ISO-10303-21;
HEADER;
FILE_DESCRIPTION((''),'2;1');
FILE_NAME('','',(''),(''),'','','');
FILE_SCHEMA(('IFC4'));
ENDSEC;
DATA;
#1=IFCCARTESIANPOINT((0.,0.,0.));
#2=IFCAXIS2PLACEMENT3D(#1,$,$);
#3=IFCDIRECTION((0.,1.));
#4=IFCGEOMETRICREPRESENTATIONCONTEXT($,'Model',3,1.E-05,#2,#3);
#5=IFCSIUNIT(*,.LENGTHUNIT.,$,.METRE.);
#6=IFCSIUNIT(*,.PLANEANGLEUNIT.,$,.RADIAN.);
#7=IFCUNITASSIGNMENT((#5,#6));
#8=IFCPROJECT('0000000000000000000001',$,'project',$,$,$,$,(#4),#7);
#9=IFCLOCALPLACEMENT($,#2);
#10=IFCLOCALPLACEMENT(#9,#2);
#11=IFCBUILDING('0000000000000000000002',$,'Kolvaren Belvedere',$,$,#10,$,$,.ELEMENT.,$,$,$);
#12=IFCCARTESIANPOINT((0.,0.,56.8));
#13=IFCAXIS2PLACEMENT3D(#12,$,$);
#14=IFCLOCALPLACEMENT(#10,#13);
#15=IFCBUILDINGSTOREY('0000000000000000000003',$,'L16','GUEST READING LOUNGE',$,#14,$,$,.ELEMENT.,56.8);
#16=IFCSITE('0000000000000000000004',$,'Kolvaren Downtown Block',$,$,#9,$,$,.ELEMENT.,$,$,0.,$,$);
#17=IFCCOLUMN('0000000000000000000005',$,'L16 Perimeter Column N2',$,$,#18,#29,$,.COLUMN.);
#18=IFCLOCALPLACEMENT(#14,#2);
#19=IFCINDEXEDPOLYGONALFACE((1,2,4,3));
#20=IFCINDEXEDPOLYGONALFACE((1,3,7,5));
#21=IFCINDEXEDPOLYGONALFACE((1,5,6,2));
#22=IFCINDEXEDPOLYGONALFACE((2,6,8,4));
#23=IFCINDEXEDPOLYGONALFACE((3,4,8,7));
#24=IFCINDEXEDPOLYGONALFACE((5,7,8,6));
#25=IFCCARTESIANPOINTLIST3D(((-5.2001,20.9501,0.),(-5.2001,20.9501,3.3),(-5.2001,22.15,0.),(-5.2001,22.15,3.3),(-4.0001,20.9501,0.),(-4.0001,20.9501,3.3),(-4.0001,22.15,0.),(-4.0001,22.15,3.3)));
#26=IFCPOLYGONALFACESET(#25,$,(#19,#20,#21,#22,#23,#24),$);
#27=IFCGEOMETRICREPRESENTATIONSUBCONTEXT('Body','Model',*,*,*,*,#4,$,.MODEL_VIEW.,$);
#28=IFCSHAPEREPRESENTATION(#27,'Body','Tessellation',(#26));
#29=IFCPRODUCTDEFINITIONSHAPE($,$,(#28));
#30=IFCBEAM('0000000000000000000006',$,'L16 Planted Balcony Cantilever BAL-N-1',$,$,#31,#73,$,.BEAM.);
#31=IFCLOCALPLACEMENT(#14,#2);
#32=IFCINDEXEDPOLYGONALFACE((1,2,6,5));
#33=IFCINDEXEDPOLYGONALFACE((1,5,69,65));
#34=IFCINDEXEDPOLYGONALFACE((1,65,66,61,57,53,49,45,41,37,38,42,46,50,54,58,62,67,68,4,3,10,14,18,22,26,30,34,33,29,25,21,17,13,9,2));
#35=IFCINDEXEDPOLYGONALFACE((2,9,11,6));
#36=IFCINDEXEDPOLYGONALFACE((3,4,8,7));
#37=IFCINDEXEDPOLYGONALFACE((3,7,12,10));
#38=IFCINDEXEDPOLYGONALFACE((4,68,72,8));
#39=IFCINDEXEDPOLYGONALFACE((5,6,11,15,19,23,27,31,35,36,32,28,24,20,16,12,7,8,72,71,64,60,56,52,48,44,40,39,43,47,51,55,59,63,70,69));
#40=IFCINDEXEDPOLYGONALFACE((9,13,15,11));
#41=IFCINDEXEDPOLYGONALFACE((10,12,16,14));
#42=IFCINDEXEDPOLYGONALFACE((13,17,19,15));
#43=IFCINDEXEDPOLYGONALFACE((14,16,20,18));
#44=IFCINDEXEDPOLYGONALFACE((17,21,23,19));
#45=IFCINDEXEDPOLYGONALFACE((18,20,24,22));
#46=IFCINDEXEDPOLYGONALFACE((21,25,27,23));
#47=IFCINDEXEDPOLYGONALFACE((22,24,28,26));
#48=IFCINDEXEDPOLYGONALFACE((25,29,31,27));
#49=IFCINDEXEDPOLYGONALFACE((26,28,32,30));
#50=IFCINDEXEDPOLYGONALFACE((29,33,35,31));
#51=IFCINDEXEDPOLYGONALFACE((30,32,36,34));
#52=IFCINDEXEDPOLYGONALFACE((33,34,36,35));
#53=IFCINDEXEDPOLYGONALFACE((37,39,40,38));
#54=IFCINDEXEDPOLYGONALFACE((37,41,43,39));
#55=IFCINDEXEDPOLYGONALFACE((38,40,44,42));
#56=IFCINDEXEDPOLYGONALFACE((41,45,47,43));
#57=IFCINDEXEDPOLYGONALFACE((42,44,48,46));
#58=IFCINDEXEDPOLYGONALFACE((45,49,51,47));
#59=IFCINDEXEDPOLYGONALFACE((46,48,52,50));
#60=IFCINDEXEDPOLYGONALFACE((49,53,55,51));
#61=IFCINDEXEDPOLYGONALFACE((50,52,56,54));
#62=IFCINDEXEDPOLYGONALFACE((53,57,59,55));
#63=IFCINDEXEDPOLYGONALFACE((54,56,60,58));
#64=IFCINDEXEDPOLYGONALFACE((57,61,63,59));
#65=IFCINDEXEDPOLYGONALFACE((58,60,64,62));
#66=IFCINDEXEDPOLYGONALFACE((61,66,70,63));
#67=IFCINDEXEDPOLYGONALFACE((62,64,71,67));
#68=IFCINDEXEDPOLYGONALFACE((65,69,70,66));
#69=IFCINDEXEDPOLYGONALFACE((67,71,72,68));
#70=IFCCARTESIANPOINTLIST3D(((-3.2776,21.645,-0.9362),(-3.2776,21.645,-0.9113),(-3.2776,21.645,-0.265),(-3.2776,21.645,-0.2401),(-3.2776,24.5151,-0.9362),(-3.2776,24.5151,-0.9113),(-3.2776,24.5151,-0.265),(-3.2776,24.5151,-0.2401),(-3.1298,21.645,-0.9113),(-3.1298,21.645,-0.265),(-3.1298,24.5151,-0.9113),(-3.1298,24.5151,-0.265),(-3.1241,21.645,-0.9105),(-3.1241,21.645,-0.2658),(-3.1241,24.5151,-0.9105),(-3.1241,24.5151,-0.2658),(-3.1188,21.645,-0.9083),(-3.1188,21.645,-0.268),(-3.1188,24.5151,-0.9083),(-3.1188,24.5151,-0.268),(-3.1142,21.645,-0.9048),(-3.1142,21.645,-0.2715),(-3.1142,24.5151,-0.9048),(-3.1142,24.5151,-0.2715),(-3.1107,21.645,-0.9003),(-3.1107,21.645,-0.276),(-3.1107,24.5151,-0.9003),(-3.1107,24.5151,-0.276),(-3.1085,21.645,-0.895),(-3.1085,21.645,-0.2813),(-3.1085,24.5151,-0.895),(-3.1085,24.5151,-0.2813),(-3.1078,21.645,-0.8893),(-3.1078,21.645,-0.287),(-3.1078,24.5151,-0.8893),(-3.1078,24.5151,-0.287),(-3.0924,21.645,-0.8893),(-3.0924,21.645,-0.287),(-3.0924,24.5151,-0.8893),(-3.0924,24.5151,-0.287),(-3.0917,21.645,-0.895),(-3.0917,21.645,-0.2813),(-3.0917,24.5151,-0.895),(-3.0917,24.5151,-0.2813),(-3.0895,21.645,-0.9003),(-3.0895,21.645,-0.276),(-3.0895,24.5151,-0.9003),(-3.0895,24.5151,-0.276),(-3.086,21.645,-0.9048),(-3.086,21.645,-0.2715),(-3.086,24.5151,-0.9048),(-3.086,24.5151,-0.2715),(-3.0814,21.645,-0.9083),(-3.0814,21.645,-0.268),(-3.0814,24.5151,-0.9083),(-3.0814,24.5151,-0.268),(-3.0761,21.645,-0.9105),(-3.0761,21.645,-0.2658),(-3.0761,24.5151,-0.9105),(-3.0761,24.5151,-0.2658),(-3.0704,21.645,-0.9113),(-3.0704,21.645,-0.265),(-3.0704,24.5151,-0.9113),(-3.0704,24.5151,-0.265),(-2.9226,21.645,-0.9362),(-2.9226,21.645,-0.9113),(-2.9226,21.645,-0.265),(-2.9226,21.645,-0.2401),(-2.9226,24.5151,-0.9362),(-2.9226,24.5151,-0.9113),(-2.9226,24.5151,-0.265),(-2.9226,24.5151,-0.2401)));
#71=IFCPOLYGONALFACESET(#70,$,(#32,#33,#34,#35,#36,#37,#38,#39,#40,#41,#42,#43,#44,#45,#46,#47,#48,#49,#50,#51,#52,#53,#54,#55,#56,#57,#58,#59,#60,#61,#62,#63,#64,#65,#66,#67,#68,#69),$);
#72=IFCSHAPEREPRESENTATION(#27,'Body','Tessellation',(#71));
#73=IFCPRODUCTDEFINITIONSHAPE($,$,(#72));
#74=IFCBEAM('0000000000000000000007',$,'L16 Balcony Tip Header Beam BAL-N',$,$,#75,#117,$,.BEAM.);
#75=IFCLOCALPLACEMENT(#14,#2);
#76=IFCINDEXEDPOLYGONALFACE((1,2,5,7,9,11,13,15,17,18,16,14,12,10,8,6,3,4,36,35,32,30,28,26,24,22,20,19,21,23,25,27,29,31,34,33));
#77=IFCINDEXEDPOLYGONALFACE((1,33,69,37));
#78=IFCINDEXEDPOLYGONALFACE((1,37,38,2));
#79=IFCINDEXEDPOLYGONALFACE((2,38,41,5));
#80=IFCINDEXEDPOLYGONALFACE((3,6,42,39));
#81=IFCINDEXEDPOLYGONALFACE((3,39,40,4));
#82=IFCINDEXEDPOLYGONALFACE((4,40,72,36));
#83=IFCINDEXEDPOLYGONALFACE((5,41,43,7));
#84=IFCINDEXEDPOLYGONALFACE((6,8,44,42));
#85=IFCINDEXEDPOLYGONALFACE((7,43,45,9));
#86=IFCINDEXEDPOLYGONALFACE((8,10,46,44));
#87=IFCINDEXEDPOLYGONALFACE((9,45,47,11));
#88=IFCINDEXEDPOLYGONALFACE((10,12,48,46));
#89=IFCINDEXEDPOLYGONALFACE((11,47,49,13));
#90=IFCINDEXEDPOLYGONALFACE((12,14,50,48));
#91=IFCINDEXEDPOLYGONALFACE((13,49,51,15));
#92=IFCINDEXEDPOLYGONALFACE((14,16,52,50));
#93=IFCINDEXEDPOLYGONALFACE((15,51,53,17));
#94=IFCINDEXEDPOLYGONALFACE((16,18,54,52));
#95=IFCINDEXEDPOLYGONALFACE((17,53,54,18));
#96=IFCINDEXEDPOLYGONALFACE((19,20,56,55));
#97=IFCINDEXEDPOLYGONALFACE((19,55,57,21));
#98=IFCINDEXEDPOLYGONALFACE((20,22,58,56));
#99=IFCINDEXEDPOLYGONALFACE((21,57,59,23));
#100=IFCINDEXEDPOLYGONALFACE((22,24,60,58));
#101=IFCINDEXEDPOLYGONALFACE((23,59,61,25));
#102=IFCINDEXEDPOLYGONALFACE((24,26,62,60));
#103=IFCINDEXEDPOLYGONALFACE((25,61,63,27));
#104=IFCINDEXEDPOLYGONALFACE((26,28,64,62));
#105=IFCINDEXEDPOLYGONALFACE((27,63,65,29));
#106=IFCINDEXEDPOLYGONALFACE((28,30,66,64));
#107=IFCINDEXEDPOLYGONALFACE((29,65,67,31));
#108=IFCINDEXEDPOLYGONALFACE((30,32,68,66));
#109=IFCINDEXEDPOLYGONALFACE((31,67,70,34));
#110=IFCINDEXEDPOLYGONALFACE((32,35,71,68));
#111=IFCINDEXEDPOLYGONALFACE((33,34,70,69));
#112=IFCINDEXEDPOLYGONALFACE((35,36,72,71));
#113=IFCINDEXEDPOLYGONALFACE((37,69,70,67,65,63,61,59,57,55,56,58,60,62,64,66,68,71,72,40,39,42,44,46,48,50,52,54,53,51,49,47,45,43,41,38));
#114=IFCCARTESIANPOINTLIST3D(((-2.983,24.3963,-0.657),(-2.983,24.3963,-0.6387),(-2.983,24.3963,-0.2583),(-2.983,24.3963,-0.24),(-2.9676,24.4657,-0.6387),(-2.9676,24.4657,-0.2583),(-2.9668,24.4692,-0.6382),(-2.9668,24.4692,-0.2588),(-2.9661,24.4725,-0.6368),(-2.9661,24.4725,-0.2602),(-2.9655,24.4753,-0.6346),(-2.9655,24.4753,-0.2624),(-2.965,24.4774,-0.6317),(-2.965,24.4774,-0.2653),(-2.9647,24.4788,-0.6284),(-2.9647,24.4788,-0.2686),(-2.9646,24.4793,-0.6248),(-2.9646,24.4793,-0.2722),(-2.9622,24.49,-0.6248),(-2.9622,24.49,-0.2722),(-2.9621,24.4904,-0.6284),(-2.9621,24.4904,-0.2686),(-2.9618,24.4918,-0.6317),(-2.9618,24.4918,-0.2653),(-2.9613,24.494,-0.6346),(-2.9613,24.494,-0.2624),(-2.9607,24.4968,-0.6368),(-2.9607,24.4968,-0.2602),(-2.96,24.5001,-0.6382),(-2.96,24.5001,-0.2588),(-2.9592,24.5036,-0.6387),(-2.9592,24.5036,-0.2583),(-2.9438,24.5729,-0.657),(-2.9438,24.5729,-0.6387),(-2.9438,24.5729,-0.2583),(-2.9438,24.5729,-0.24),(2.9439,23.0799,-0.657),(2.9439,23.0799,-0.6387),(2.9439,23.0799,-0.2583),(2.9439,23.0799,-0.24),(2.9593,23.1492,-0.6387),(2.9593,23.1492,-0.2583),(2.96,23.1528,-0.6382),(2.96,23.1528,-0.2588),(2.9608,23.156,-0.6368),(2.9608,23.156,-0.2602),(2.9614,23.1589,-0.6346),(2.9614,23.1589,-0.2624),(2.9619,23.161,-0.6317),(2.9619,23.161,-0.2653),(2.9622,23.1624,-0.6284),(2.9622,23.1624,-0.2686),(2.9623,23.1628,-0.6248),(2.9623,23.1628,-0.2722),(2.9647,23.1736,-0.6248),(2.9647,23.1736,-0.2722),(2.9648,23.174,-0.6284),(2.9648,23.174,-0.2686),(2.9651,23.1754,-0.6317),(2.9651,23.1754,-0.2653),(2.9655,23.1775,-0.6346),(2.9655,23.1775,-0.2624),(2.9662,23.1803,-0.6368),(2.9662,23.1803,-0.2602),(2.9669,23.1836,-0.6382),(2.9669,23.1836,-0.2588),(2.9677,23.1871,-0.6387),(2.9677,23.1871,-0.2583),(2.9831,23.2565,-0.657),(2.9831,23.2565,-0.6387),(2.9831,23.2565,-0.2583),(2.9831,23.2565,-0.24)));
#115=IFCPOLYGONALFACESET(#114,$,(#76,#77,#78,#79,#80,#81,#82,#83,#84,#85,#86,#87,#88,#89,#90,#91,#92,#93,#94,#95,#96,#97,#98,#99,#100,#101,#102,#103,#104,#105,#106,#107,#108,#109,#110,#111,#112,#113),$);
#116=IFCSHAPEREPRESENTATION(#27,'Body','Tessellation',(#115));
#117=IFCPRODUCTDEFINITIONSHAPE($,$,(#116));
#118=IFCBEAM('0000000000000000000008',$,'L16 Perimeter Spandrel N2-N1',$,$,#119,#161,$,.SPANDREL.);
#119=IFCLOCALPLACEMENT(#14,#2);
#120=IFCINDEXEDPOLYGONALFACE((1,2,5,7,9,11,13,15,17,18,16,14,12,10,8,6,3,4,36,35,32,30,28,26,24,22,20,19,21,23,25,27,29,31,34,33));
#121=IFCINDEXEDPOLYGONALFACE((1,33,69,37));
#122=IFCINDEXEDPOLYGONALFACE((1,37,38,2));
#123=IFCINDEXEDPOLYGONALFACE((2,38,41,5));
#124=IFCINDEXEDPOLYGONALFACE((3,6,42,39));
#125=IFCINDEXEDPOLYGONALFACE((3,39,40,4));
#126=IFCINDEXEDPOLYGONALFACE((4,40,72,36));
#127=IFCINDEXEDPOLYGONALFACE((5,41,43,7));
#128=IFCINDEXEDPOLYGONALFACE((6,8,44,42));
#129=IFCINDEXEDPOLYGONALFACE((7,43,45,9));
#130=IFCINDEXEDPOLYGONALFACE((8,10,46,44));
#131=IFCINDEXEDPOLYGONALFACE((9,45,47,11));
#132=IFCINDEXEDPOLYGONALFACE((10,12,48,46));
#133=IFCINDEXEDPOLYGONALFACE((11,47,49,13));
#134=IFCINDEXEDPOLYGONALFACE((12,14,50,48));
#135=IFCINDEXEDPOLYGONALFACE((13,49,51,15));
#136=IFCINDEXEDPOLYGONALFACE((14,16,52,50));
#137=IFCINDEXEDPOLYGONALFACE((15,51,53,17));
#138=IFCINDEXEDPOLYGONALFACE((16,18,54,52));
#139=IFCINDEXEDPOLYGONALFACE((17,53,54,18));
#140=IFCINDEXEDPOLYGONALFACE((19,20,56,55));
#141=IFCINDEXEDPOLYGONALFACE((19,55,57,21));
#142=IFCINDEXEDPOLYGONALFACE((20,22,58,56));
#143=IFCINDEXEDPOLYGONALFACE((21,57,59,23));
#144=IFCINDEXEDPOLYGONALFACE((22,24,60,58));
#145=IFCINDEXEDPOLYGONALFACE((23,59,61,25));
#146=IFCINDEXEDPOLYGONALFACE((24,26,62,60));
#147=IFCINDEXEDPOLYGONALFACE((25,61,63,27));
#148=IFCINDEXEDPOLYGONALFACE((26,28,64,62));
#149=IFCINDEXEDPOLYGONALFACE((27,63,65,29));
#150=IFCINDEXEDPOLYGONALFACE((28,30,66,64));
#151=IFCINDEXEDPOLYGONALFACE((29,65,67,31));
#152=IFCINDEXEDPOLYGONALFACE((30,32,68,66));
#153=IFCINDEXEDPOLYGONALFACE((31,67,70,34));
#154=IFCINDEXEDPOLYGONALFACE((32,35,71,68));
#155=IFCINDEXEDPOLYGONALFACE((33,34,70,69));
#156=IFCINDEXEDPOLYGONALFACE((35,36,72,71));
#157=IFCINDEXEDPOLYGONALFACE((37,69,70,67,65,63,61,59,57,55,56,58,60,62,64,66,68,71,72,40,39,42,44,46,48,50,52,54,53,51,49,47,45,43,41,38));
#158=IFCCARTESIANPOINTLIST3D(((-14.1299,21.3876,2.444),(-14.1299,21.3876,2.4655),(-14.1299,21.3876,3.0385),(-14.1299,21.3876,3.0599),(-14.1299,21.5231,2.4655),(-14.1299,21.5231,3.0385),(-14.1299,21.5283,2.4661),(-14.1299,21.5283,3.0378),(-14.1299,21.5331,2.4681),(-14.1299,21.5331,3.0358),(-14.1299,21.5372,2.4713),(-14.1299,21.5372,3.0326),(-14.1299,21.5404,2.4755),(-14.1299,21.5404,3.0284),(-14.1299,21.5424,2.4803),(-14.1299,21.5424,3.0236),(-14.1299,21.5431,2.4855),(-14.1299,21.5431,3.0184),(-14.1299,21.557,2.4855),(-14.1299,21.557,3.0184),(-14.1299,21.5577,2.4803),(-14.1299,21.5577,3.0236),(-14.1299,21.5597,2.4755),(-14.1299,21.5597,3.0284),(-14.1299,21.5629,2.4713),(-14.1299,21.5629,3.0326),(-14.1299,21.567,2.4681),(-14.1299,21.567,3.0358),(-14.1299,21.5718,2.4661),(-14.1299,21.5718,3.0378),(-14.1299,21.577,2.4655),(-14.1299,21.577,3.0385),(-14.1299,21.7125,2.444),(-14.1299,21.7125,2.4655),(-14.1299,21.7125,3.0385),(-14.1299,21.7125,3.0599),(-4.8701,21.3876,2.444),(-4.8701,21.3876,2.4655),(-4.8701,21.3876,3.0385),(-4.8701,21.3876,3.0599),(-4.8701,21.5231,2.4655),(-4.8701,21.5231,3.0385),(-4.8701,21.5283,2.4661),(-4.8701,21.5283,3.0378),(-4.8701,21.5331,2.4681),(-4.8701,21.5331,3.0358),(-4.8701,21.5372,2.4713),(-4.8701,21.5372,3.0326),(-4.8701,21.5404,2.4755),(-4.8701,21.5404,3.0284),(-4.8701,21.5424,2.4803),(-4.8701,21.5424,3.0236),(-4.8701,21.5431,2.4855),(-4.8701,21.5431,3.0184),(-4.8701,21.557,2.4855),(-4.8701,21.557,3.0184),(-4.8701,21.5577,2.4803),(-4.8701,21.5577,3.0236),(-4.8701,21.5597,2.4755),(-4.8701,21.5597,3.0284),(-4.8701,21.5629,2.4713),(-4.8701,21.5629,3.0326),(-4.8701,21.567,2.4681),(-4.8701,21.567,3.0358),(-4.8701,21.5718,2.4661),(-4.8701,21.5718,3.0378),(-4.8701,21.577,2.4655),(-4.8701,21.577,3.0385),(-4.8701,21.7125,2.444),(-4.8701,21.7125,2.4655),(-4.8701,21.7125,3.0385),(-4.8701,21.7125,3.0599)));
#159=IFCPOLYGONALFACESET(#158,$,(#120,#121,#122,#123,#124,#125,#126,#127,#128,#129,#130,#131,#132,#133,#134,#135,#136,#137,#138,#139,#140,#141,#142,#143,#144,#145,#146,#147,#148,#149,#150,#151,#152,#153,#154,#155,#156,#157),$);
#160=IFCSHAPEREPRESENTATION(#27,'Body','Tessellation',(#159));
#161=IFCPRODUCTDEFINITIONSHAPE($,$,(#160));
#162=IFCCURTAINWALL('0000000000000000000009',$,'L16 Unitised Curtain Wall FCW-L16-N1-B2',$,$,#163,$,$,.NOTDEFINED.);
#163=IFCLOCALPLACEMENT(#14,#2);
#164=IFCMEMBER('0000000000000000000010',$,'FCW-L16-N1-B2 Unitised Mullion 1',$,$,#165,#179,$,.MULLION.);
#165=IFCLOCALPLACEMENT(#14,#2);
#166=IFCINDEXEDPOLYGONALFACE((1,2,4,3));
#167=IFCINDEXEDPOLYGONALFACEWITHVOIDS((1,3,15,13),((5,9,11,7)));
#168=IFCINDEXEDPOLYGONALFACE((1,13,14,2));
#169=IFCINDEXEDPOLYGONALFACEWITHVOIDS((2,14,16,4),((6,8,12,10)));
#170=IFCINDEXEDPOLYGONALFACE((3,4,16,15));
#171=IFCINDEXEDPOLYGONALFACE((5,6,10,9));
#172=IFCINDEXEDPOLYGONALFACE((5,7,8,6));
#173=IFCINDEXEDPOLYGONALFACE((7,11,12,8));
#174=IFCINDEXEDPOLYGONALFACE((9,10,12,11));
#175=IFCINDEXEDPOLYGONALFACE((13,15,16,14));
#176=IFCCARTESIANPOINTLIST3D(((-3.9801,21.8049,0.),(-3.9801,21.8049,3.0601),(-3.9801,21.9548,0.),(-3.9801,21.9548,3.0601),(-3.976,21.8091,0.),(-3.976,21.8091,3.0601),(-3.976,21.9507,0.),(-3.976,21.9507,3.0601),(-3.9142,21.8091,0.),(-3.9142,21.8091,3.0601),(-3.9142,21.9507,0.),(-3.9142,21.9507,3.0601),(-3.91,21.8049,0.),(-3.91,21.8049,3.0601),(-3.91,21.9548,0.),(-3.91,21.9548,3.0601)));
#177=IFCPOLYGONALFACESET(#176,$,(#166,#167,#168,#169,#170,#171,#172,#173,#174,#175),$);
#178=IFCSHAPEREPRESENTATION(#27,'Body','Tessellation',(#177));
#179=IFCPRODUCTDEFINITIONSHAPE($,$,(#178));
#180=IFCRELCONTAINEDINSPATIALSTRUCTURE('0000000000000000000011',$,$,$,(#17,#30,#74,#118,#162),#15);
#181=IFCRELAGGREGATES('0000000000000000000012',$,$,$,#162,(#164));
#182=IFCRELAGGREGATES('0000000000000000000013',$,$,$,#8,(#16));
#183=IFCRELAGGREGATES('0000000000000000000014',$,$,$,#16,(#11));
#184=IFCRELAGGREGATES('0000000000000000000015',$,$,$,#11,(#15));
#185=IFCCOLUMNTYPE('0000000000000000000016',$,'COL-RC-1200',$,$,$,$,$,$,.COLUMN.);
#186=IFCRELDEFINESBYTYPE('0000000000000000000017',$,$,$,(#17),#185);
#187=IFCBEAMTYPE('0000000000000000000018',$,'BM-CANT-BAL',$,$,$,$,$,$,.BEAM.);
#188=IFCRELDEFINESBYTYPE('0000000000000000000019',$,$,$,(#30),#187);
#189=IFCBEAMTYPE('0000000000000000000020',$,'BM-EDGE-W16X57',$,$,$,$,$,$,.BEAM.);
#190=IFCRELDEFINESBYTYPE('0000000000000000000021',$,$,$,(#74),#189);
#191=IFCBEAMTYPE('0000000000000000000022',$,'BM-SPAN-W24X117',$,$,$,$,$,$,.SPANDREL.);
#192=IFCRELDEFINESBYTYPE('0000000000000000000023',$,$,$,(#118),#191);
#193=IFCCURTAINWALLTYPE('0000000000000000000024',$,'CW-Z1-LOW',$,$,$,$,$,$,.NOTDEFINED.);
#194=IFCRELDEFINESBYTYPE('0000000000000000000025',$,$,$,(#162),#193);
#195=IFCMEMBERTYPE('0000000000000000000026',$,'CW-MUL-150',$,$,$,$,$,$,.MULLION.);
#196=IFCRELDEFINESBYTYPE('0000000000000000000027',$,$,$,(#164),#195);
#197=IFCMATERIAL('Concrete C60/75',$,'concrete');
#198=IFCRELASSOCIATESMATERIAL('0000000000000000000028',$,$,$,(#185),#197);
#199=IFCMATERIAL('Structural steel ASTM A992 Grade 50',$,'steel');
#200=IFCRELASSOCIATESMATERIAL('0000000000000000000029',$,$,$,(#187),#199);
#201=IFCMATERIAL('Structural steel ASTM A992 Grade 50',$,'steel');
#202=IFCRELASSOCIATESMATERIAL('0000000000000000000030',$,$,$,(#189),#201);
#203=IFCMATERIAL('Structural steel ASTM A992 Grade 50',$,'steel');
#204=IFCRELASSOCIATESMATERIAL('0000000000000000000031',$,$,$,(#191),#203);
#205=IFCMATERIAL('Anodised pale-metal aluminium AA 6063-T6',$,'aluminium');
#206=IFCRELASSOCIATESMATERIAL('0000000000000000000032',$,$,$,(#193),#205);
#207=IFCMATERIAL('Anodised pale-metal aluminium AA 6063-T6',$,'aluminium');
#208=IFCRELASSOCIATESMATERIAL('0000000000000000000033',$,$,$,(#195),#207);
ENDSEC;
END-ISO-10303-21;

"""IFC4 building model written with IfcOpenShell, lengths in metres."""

from ifc_helpers import new_model, si_unit, direction, frame, origin, origin_2d, place, context, subcontext, project, spatial, rectangle, hollow_rectangle, i_section, extrude, material, material_profile, profile_set, type_object, element, aggregate, save


model = new_model("IFC4")

# Units and contexts
model_context = context("Model", 3, precision=1e-05, world=origin(), true_north=direction((0.0, 1.0)))
body_context = subcontext(model_context, "Body", "Model", "MODEL_VIEW")
ifc_project = project(units=[si_unit("LENGTHUNIT", "METRE"), si_unit("PLANEANGLEUNIT", "RADIAN")], contexts=[model_context])

# Site, building, storey
site_placement = place(None, origin())
site = spatial("IfcSite", under=ifc_project, at=site_placement, Name="Kolvaren Downtown Block", CompositionType="ELEMENT", RefElevation=0.0)
building_placement = place(site_placement, origin())
building = spatial("IfcBuilding", under=site, at=building_placement, Name="Kolvaren Belvedere", CompositionType="ELEMENT")
storey_placement = place(building_placement, frame((0.0, 0.0, 56.8)))
storey = spatial("IfcBuildingStorey", under=building, at=storey_placement, Name="L16", Description="GUEST READING LOUNGE", CompositionType="ELEMENT", Elevation=56.8)

# Column
ifc_material_1 = material(Name="Concrete C60/75", Category="concrete")
ifc_material_profile_1 = material_profile(ifc_material_1, rectangle(XDim=1.2, YDim=1.2, at=origin_2d()), Name="RC 1200X1200")
ifc_profile_set_1 = profile_set([ifc_material_profile_1], Name="Concrete C60/75")
column_type = type_object("IfcColumnType", Name="COL-RC-1200", PredefinedType="COLUMN", material=ifc_profile_set_1)
column_placement = place(storey_placement, frame((-4.6001, 21.55, 0.0), z_axis=(0.0, 0.0, 1.0), x_axis=(1.0, 0.0, 0.0)))
element("IfcColumn", 1, at=column_placement, inside=storey, type_object=column_type, Name="L16 Perimeter Column N2", PredefinedType="COLUMN", context=body_context, shape_type="SweptSolid", body=[
    extrude(rectangle(XDim=1.2, YDim=1.2, at=origin_2d()), origin(), (0.0, 0.0, 1.0), 3.3),
])

# Beams
ifc_material_2 = material(Name="Structural steel ASTM A992 Grade 50", Category="steel")
ifc_material_profile_2 = material_profile(ifc_material_2, i_section(OverallWidth=0.355, OverallDepth=0.696, WebThickness=0.0154, FlangeThickness=0.0249, FilletRadius=0.022, at=origin_2d()), Name="W27X146")
ifc_profile_set_2 = profile_set([ifc_material_profile_2], Name="Structural steel ASTM A992 Grade 50")
beam_type_1 = type_object("IfcBeamType", Name="BM-CANT-BAL", PredefinedType="BEAM", material=ifc_profile_set_2)
beam_1_placement = place(storey_placement, frame((-3.1001, 21.645, -0.5881), z_axis=(0.0, 1.0, 0.0), x_axis=(-1.0, 0.0, 0.0)))
element("IfcBeam", 2, at=beam_1_placement, inside=storey, type_object=beam_type_1, Name="L16 Planted Balcony Cantilever BAL-N-1", PredefinedType="BEAM", context=body_context, shape_type="SweptSolid", body=[
    extrude(i_section(OverallWidth=0.355, OverallDepth=0.696, WebThickness=0.0154, FlangeThickness=0.0249, FilletRadius=0.022, at=origin_2d()), origin(), (0.0, 0.0, 1.0), 2.8701),
])
ifc_material_3 = material(Name="Structural steel ASTM A992 Grade 50", Category="steel")
ifc_material_profile_3 = material_profile(ifc_material_3, i_section(OverallWidth=0.1809, OverallDepth=0.417, WebThickness=0.011, FlangeThickness=0.0183, FilletRadius=0.0139, at=origin_2d()), Name="W16X57")
ifc_profile_set_3 = profile_set([ifc_material_profile_3], Name="Structural steel ASTM A992 Grade 50")
beam_type_2 = type_object("IfcBeamType", Name="BM-EDGE-W16X57", PredefinedType="BEAM", material=ifc_profile_set_3)
beam_2_placement = place(storey_placement, frame((-2.9634, 24.4846, -0.4485), z_axis=(0.97621, -0.216828, 0.0), x_axis=(0.216828, 0.97621, 0.0)))
element("IfcBeam", 3, at=beam_2_placement, inside=storey, type_object=beam_type_2, Name="L16 Balcony Tip Header Beam BAL-N", PredefinedType="BEAM", context=body_context, shape_type="SweptSolid", body=[
    extrude(i_section(OverallWidth=0.1809, OverallDepth=0.417, WebThickness=0.011, FlangeThickness=0.0183, FilletRadius=0.0139, at=origin_2d()), origin(), (0.0, 0.0, 1.0), 6.0713),
])
ifc_material_4 = material(Name="Structural steel ASTM A992 Grade 50", Category="steel")
ifc_material_profile_4 = material_profile(ifc_material_4, i_section(OverallWidth=0.325, OverallDepth=0.616, WebThickness=0.0139, FlangeThickness=0.0215, FilletRadius=0.02, at=origin_2d()), Name="W24X117")
ifc_profile_set_4 = profile_set([ifc_material_profile_4], Name="Structural steel ASTM A992 Grade 50")
beam_type_3 = type_object("IfcBeamType", Name="BM-SPAN-W24X117", PredefinedType="SPANDREL", material=ifc_profile_set_4)
beam_3_placement = place(storey_placement, frame((-4.8701, 21.55, 2.752), z_axis=(-1.0, 0.0, 0.0), x_axis=(0.0, -1.0, 0.0)))
element("IfcBeam", 4, at=beam_3_placement, inside=storey, type_object=beam_type_3, Name="L16 Perimeter Spandrel N2-N1", PredefinedType="SPANDREL", context=body_context, shape_type="SweptSolid", body=[
    extrude(i_section(OverallWidth=0.325, OverallDepth=0.616, WebThickness=0.0139, FlangeThickness=0.0215, FilletRadius=0.02, at=origin_2d()), origin(), (0.0, 0.0, 1.0), 9.2598),
])

# Curtain wall, member
ifc_material_5 = material(Name="Anodised pale-metal aluminium AA 6063-T6", Category="aluminium")
curtain_wall_type = type_object("IfcCurtainWallType", Name="CW-Z1-LOW", PredefinedType="NOTDEFINED", material=ifc_material_5)
curtain_wall_placement = place(storey_placement, origin())
curtain_wall = element("IfcCurtainWall", 5, at=curtain_wall_placement, inside=storey, type_object=curtain_wall_type, Name="L16 Unitised Curtain Wall FCW-L16-N1-B2", PredefinedType="NOTDEFINED")
ifc_material_6 = material(Name="Anodised pale-metal aluminium AA 6063-T6", Category="aluminium")
ifc_material_profile_5 = material_profile(ifc_material_6, hollow_rectangle(XDim=0.0701, YDim=0.1499, WallThickness=0.0042, at=origin_2d()), Name="ALU-MUL-150X70")
ifc_profile_set_5 = profile_set([ifc_material_profile_5], Name="Anodised pale-metal aluminium AA 6063-T6")
member_type_1 = type_object("IfcMemberType", Name="CW-MUL-150", PredefinedType="MULLION", material=ifc_profile_set_5)
member_1_placement = place(storey_placement, frame((-3.9451, 21.8799, 0.0), z_axis=(0.0, 0.0, 1.0), x_axis=(1.0, 0.0, 0.0)))
member_1 = element("IfcMember", 6, at=member_1_placement, type_object=member_type_1, Name="FCW-L16-N1-B2 Unitised Mullion 1", PredefinedType="MULLION", context=body_context, shape_type="SweptSolid", body=[
    extrude(hollow_rectangle(XDim=0.0701, YDim=0.1499, WallThickness=0.0042, at=origin_2d()), origin(), (0.0, 0.0, 1.0), 3.0601),
])

aggregate(curtain_wall, [member_1])

save(model, "model.ifc")
